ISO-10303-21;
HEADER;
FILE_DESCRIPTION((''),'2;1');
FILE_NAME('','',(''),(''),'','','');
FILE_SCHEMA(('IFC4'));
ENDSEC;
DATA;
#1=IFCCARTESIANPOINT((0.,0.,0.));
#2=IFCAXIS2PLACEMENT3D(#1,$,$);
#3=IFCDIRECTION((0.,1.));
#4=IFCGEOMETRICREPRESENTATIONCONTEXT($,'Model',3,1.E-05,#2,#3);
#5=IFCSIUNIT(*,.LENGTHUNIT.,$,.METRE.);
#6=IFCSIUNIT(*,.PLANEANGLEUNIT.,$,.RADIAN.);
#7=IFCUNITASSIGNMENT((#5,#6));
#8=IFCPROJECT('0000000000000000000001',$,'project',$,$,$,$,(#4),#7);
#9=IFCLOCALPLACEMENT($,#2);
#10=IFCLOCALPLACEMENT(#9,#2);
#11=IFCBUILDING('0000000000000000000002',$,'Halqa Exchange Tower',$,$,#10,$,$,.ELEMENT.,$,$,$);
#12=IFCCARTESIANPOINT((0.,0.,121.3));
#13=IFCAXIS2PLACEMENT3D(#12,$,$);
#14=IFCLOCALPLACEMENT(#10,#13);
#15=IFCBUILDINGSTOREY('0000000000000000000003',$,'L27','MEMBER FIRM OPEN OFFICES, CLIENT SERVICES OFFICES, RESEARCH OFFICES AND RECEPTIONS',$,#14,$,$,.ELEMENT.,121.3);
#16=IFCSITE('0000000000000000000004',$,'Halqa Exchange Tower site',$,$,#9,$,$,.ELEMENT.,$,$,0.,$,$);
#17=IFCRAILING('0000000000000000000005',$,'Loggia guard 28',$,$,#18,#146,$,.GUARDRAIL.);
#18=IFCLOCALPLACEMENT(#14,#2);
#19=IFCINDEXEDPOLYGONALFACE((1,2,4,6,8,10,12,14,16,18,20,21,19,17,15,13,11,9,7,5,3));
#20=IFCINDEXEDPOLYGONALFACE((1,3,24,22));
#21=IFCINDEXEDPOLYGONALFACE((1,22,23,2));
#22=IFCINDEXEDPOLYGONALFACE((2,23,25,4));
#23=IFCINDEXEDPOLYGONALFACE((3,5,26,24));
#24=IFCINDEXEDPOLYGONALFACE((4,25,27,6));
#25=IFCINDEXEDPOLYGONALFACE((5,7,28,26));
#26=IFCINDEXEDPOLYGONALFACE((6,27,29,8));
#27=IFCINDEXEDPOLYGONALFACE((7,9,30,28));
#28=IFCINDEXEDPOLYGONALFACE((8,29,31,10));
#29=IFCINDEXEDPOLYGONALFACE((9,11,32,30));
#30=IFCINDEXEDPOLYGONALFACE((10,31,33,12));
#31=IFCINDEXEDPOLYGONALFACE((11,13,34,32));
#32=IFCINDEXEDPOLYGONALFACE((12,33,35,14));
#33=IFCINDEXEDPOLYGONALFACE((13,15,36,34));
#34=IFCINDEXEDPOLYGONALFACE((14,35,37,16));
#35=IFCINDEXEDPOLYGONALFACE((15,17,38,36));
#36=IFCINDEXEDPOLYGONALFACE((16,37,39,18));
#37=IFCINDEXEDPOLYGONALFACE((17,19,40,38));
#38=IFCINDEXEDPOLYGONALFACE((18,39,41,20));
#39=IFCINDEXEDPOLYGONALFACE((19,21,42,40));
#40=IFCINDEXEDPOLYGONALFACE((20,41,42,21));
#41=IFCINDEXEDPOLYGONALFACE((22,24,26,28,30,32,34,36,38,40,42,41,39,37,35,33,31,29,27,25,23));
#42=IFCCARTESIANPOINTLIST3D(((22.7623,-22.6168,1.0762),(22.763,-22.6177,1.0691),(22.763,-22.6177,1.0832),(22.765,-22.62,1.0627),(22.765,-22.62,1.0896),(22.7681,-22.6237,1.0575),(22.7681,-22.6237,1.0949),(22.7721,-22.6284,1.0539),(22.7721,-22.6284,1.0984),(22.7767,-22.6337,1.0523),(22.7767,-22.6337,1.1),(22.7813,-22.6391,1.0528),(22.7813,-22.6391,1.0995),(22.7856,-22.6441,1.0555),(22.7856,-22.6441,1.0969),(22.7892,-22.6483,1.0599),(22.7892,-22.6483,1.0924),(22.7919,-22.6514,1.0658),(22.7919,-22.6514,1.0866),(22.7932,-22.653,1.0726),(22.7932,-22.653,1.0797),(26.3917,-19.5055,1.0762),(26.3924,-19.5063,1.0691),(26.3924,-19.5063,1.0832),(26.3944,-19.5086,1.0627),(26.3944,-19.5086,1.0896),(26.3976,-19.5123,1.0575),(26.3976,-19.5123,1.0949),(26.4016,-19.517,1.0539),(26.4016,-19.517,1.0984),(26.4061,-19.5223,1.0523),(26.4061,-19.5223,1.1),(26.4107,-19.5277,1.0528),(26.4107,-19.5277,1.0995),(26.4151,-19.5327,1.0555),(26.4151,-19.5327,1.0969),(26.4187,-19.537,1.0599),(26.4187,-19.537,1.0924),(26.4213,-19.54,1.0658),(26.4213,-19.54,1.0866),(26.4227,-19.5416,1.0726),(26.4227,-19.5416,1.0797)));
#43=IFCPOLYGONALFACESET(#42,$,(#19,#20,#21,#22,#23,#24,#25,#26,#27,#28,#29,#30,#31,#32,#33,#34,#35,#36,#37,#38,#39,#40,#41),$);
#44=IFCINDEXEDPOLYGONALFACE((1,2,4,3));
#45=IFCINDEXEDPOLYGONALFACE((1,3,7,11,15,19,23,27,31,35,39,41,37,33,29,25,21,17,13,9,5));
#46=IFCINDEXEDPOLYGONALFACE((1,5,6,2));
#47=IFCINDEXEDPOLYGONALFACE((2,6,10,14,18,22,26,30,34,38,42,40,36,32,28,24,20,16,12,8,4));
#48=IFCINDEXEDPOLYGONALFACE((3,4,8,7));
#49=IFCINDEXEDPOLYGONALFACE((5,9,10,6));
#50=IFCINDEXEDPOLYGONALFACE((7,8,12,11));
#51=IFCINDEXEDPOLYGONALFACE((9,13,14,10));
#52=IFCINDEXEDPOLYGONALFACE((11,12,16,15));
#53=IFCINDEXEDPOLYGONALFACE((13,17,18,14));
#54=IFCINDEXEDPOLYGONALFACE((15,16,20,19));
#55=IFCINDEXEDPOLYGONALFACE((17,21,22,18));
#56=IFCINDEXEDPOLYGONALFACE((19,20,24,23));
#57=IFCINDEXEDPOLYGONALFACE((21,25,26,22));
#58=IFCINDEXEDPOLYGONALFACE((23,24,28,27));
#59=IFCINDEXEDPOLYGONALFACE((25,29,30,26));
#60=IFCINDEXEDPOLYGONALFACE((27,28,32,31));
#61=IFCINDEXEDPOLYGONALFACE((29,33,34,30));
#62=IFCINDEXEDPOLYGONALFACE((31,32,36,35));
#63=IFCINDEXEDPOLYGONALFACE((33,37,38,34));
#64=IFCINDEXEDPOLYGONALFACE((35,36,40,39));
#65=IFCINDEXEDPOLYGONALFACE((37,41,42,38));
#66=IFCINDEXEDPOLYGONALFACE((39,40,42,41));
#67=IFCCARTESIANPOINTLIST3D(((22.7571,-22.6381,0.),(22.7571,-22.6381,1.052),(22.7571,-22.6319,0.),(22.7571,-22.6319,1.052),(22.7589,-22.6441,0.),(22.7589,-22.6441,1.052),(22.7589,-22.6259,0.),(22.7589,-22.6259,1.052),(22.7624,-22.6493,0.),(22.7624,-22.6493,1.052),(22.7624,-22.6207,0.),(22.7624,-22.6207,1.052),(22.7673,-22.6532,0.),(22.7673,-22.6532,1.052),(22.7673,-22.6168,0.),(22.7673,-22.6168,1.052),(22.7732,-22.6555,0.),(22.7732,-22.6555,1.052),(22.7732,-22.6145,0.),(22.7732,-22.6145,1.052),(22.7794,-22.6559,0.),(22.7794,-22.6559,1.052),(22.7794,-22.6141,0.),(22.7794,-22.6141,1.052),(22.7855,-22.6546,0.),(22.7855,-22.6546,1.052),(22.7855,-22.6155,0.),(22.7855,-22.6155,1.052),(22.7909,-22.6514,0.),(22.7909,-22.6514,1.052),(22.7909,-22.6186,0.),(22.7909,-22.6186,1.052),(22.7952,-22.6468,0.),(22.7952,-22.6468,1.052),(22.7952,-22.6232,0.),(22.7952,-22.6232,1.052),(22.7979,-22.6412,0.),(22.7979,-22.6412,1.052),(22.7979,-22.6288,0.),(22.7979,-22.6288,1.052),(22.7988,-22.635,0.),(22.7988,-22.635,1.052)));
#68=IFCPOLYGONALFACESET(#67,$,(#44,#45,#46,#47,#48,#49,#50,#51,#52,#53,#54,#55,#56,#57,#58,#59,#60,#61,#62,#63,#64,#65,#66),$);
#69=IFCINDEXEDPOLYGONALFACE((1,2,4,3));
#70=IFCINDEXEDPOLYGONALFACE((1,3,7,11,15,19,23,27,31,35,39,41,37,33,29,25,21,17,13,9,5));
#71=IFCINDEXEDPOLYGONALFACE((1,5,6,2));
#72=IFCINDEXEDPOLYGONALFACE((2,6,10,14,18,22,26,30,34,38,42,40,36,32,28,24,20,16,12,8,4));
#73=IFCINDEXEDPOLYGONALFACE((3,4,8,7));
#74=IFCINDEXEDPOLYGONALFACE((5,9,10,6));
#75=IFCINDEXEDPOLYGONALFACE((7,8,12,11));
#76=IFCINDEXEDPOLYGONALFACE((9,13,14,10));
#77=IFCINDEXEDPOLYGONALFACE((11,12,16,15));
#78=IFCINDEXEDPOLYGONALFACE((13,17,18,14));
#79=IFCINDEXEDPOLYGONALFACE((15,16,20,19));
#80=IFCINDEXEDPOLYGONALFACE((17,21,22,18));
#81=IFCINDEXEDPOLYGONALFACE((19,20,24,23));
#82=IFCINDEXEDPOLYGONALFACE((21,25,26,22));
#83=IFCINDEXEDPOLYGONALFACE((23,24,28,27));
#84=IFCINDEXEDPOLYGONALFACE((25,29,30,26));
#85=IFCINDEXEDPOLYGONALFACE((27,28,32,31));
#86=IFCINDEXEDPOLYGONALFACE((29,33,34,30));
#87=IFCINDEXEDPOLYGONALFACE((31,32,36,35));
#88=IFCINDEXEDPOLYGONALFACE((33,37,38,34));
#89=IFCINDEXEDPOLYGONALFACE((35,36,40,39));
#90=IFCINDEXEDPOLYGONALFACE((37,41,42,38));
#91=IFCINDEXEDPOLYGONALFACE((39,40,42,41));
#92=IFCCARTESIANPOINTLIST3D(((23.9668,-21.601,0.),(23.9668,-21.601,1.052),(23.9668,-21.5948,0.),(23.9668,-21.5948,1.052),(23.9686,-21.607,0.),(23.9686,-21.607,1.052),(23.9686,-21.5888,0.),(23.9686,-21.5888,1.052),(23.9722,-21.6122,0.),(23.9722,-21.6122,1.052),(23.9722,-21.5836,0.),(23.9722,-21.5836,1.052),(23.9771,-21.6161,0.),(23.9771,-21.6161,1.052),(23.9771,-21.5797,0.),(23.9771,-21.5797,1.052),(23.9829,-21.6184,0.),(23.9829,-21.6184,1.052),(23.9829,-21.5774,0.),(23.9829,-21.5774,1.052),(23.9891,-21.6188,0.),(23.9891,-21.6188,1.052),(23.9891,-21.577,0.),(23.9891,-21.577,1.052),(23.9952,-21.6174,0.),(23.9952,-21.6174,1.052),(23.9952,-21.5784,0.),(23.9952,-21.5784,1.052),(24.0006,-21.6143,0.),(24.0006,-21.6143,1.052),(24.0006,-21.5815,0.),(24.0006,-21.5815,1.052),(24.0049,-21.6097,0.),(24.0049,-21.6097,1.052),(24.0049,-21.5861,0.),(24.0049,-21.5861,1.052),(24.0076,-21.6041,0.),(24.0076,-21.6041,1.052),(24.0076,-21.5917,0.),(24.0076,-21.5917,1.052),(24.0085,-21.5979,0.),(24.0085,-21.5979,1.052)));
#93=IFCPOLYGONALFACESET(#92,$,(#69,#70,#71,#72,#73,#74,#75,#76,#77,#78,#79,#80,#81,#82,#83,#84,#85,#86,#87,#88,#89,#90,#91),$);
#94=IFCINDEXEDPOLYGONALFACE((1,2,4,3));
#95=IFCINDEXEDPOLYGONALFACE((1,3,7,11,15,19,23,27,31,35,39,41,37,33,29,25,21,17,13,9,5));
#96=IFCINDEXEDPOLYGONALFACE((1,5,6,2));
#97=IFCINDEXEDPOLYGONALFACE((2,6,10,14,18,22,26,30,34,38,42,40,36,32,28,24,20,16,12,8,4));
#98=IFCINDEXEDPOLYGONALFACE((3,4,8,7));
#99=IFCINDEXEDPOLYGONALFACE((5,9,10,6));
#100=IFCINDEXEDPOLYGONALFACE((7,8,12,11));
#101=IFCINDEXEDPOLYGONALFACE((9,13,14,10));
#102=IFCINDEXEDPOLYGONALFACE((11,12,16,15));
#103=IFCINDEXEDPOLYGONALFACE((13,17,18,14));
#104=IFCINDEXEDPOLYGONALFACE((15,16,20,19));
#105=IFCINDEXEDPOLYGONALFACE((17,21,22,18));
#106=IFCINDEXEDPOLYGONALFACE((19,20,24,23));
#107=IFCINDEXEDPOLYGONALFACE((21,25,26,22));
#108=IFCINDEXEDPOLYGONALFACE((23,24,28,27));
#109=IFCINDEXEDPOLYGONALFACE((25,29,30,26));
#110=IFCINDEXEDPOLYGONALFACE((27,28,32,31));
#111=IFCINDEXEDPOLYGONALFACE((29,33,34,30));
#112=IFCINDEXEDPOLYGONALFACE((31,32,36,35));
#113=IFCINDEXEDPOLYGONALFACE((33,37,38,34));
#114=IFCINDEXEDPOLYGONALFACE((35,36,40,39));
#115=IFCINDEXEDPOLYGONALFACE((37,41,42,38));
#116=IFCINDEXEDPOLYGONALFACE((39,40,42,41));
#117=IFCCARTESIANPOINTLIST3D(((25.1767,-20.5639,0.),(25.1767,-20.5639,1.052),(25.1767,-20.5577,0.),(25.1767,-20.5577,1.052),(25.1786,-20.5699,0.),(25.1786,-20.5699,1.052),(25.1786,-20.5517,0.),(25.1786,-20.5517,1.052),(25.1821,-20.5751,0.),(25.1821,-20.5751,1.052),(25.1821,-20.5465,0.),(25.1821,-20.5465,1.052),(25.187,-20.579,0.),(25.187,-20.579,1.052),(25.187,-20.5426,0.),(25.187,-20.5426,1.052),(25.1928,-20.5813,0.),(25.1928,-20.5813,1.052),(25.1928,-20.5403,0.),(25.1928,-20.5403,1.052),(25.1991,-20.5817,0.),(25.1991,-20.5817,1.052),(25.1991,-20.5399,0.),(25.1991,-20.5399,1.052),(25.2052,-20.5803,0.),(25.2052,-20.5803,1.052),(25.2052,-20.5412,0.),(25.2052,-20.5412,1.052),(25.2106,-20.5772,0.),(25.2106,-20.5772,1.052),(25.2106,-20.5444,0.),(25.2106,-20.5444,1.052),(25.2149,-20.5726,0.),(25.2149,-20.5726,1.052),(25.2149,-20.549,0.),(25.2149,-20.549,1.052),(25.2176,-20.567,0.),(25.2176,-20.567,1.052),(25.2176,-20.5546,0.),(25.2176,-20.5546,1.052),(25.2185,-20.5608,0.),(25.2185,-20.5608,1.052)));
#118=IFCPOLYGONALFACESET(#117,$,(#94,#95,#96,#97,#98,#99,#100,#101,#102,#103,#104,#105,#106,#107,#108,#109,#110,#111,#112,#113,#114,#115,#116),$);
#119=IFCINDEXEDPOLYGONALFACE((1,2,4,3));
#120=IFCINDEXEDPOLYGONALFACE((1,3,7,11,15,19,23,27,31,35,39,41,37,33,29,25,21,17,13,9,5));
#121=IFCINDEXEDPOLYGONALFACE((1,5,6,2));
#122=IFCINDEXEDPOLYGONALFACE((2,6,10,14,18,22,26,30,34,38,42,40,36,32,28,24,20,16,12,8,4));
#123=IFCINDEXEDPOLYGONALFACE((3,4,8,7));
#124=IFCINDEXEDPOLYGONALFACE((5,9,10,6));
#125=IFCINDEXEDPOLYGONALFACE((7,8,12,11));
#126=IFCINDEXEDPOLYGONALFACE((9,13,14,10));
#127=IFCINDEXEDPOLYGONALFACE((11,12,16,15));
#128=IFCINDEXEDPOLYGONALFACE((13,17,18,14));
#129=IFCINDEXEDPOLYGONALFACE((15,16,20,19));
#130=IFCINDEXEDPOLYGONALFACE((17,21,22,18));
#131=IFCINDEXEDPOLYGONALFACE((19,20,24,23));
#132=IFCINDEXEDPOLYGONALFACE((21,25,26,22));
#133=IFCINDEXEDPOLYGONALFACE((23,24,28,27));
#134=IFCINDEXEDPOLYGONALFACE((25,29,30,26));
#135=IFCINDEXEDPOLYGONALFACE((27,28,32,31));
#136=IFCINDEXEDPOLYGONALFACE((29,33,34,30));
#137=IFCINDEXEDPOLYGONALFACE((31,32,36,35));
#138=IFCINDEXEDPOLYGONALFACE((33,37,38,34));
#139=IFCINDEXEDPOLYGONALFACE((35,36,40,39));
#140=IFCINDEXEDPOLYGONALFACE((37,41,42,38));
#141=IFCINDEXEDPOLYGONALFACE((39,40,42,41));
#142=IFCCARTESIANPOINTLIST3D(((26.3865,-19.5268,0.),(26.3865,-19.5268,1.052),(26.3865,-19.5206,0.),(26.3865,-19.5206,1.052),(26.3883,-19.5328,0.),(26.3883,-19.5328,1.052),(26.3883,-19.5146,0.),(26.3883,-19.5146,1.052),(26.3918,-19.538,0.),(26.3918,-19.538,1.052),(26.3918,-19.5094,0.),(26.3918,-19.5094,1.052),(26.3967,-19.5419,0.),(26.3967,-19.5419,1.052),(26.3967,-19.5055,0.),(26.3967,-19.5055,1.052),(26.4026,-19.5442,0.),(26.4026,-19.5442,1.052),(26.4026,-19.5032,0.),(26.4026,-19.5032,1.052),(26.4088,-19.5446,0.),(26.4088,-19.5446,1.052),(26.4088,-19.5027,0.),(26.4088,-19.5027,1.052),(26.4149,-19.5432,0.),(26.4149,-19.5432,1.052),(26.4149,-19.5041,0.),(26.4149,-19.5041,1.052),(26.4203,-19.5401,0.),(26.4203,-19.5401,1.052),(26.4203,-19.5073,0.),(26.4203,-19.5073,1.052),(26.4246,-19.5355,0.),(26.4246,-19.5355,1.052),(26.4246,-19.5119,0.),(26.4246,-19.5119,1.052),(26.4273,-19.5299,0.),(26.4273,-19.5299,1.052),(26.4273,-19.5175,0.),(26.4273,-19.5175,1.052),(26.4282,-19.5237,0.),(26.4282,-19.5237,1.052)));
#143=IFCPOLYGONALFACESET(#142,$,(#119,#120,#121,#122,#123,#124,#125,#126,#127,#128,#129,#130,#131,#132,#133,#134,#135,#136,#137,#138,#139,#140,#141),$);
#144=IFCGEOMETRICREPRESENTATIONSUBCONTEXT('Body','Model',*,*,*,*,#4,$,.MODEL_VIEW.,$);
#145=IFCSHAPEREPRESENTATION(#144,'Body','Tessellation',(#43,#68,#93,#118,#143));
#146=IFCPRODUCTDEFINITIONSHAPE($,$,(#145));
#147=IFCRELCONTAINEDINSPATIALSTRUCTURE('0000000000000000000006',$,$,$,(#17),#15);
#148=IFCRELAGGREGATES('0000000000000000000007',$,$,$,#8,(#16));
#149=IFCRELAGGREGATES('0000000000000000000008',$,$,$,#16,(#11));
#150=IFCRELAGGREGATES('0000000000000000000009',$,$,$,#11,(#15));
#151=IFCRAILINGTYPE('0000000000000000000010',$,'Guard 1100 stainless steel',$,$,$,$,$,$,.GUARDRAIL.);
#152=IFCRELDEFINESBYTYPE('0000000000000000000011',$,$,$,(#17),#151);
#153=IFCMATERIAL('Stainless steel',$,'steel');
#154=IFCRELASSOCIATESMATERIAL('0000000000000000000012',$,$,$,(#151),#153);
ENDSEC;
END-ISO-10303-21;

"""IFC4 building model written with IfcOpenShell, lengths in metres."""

from ifc_helpers import new_model, si_unit, direction, frame, origin, origin_2d, place, context, subcontext, project, spatial, circle, extrude, material, type_object, element, save


model = new_model("IFC4")

# Units and contexts
model_context = context("Model", 3, precision=1e-05, world=origin(), true_north=direction((0.0, 1.0)))
body_context = subcontext(model_context, "Body", "Model", "MODEL_VIEW")
ifc_project = project(units=[si_unit("LENGTHUNIT", "METRE"), si_unit("PLANEANGLEUNIT", "RADIAN")], contexts=[model_context])

# Site, building, storey
site_placement = place(None, origin())
site = spatial("IfcSite", under=ifc_project, at=site_placement, Name="Halqa Exchange Tower site", CompositionType="ELEMENT", RefElevation=0.0)
building_placement = place(site_placement, origin())
building = spatial("IfcBuilding", under=site, at=building_placement, Name="Halqa Exchange Tower", CompositionType="ELEMENT")
storey_placement = place(building_placement, frame((0.0, 0.0, 121.3)))
storey = spatial("IfcBuildingStorey", under=building, at=storey_placement, Name="L27", Description="MEMBER FIRM OPEN OFFICES, CLIENT SERVICES OFFICES, RESEARCH OFFICES AND RECEPTIONS", CompositionType="ELEMENT", Elevation=121.3)

# Railing
ifc_material_1 = material(Name="Stainless steel", Category="steel")
railing_type = type_object("IfcRailingType", Name="Guard 1100 stainless steel", PredefinedType="GUARDRAIL", material=ifc_material_1)
railing_1_placement = place(storey_placement, frame((22.7778, -22.635, 0.0)))
element("IfcRailing", 1, at=railing_1_placement, inside=storey, type_object=railing_type, Name="Loggia guard 28", PredefinedType="GUARDRAIL", context=body_context, shape_type="SweptSolid", body=[
    extrude(circle(Radius=0.0239, at=origin_2d()), frame((0.0, 0.0, 1.0762), z_axis=(0.759213, 0.650842, 0.0), x_axis=(-0.650842, 0.759213, 0.0)), (0.0, 0.0, 1.0), 4.7805),
    extrude(circle(Radius=0.021, at=origin_2d()), origin(), (0.0, 0.0, 1.0), 1.052),
    extrude(circle(Radius=0.021, at=origin_2d()), frame((1.2097, 1.0371, 0.0)), (0.0, 0.0, 1.0), 1.052),
    extrude(circle(Radius=0.021, at=origin_2d()), frame((2.4197, 2.0742, 0.0)), (0.0, 0.0, 1.0), 1.052),
    extrude(circle(Radius=0.021, at=origin_2d()), frame((3.6294, 3.1113, 0.0)), (0.0, 0.0, 1.0), 1.052),
])

save(model, "model.ifc")
